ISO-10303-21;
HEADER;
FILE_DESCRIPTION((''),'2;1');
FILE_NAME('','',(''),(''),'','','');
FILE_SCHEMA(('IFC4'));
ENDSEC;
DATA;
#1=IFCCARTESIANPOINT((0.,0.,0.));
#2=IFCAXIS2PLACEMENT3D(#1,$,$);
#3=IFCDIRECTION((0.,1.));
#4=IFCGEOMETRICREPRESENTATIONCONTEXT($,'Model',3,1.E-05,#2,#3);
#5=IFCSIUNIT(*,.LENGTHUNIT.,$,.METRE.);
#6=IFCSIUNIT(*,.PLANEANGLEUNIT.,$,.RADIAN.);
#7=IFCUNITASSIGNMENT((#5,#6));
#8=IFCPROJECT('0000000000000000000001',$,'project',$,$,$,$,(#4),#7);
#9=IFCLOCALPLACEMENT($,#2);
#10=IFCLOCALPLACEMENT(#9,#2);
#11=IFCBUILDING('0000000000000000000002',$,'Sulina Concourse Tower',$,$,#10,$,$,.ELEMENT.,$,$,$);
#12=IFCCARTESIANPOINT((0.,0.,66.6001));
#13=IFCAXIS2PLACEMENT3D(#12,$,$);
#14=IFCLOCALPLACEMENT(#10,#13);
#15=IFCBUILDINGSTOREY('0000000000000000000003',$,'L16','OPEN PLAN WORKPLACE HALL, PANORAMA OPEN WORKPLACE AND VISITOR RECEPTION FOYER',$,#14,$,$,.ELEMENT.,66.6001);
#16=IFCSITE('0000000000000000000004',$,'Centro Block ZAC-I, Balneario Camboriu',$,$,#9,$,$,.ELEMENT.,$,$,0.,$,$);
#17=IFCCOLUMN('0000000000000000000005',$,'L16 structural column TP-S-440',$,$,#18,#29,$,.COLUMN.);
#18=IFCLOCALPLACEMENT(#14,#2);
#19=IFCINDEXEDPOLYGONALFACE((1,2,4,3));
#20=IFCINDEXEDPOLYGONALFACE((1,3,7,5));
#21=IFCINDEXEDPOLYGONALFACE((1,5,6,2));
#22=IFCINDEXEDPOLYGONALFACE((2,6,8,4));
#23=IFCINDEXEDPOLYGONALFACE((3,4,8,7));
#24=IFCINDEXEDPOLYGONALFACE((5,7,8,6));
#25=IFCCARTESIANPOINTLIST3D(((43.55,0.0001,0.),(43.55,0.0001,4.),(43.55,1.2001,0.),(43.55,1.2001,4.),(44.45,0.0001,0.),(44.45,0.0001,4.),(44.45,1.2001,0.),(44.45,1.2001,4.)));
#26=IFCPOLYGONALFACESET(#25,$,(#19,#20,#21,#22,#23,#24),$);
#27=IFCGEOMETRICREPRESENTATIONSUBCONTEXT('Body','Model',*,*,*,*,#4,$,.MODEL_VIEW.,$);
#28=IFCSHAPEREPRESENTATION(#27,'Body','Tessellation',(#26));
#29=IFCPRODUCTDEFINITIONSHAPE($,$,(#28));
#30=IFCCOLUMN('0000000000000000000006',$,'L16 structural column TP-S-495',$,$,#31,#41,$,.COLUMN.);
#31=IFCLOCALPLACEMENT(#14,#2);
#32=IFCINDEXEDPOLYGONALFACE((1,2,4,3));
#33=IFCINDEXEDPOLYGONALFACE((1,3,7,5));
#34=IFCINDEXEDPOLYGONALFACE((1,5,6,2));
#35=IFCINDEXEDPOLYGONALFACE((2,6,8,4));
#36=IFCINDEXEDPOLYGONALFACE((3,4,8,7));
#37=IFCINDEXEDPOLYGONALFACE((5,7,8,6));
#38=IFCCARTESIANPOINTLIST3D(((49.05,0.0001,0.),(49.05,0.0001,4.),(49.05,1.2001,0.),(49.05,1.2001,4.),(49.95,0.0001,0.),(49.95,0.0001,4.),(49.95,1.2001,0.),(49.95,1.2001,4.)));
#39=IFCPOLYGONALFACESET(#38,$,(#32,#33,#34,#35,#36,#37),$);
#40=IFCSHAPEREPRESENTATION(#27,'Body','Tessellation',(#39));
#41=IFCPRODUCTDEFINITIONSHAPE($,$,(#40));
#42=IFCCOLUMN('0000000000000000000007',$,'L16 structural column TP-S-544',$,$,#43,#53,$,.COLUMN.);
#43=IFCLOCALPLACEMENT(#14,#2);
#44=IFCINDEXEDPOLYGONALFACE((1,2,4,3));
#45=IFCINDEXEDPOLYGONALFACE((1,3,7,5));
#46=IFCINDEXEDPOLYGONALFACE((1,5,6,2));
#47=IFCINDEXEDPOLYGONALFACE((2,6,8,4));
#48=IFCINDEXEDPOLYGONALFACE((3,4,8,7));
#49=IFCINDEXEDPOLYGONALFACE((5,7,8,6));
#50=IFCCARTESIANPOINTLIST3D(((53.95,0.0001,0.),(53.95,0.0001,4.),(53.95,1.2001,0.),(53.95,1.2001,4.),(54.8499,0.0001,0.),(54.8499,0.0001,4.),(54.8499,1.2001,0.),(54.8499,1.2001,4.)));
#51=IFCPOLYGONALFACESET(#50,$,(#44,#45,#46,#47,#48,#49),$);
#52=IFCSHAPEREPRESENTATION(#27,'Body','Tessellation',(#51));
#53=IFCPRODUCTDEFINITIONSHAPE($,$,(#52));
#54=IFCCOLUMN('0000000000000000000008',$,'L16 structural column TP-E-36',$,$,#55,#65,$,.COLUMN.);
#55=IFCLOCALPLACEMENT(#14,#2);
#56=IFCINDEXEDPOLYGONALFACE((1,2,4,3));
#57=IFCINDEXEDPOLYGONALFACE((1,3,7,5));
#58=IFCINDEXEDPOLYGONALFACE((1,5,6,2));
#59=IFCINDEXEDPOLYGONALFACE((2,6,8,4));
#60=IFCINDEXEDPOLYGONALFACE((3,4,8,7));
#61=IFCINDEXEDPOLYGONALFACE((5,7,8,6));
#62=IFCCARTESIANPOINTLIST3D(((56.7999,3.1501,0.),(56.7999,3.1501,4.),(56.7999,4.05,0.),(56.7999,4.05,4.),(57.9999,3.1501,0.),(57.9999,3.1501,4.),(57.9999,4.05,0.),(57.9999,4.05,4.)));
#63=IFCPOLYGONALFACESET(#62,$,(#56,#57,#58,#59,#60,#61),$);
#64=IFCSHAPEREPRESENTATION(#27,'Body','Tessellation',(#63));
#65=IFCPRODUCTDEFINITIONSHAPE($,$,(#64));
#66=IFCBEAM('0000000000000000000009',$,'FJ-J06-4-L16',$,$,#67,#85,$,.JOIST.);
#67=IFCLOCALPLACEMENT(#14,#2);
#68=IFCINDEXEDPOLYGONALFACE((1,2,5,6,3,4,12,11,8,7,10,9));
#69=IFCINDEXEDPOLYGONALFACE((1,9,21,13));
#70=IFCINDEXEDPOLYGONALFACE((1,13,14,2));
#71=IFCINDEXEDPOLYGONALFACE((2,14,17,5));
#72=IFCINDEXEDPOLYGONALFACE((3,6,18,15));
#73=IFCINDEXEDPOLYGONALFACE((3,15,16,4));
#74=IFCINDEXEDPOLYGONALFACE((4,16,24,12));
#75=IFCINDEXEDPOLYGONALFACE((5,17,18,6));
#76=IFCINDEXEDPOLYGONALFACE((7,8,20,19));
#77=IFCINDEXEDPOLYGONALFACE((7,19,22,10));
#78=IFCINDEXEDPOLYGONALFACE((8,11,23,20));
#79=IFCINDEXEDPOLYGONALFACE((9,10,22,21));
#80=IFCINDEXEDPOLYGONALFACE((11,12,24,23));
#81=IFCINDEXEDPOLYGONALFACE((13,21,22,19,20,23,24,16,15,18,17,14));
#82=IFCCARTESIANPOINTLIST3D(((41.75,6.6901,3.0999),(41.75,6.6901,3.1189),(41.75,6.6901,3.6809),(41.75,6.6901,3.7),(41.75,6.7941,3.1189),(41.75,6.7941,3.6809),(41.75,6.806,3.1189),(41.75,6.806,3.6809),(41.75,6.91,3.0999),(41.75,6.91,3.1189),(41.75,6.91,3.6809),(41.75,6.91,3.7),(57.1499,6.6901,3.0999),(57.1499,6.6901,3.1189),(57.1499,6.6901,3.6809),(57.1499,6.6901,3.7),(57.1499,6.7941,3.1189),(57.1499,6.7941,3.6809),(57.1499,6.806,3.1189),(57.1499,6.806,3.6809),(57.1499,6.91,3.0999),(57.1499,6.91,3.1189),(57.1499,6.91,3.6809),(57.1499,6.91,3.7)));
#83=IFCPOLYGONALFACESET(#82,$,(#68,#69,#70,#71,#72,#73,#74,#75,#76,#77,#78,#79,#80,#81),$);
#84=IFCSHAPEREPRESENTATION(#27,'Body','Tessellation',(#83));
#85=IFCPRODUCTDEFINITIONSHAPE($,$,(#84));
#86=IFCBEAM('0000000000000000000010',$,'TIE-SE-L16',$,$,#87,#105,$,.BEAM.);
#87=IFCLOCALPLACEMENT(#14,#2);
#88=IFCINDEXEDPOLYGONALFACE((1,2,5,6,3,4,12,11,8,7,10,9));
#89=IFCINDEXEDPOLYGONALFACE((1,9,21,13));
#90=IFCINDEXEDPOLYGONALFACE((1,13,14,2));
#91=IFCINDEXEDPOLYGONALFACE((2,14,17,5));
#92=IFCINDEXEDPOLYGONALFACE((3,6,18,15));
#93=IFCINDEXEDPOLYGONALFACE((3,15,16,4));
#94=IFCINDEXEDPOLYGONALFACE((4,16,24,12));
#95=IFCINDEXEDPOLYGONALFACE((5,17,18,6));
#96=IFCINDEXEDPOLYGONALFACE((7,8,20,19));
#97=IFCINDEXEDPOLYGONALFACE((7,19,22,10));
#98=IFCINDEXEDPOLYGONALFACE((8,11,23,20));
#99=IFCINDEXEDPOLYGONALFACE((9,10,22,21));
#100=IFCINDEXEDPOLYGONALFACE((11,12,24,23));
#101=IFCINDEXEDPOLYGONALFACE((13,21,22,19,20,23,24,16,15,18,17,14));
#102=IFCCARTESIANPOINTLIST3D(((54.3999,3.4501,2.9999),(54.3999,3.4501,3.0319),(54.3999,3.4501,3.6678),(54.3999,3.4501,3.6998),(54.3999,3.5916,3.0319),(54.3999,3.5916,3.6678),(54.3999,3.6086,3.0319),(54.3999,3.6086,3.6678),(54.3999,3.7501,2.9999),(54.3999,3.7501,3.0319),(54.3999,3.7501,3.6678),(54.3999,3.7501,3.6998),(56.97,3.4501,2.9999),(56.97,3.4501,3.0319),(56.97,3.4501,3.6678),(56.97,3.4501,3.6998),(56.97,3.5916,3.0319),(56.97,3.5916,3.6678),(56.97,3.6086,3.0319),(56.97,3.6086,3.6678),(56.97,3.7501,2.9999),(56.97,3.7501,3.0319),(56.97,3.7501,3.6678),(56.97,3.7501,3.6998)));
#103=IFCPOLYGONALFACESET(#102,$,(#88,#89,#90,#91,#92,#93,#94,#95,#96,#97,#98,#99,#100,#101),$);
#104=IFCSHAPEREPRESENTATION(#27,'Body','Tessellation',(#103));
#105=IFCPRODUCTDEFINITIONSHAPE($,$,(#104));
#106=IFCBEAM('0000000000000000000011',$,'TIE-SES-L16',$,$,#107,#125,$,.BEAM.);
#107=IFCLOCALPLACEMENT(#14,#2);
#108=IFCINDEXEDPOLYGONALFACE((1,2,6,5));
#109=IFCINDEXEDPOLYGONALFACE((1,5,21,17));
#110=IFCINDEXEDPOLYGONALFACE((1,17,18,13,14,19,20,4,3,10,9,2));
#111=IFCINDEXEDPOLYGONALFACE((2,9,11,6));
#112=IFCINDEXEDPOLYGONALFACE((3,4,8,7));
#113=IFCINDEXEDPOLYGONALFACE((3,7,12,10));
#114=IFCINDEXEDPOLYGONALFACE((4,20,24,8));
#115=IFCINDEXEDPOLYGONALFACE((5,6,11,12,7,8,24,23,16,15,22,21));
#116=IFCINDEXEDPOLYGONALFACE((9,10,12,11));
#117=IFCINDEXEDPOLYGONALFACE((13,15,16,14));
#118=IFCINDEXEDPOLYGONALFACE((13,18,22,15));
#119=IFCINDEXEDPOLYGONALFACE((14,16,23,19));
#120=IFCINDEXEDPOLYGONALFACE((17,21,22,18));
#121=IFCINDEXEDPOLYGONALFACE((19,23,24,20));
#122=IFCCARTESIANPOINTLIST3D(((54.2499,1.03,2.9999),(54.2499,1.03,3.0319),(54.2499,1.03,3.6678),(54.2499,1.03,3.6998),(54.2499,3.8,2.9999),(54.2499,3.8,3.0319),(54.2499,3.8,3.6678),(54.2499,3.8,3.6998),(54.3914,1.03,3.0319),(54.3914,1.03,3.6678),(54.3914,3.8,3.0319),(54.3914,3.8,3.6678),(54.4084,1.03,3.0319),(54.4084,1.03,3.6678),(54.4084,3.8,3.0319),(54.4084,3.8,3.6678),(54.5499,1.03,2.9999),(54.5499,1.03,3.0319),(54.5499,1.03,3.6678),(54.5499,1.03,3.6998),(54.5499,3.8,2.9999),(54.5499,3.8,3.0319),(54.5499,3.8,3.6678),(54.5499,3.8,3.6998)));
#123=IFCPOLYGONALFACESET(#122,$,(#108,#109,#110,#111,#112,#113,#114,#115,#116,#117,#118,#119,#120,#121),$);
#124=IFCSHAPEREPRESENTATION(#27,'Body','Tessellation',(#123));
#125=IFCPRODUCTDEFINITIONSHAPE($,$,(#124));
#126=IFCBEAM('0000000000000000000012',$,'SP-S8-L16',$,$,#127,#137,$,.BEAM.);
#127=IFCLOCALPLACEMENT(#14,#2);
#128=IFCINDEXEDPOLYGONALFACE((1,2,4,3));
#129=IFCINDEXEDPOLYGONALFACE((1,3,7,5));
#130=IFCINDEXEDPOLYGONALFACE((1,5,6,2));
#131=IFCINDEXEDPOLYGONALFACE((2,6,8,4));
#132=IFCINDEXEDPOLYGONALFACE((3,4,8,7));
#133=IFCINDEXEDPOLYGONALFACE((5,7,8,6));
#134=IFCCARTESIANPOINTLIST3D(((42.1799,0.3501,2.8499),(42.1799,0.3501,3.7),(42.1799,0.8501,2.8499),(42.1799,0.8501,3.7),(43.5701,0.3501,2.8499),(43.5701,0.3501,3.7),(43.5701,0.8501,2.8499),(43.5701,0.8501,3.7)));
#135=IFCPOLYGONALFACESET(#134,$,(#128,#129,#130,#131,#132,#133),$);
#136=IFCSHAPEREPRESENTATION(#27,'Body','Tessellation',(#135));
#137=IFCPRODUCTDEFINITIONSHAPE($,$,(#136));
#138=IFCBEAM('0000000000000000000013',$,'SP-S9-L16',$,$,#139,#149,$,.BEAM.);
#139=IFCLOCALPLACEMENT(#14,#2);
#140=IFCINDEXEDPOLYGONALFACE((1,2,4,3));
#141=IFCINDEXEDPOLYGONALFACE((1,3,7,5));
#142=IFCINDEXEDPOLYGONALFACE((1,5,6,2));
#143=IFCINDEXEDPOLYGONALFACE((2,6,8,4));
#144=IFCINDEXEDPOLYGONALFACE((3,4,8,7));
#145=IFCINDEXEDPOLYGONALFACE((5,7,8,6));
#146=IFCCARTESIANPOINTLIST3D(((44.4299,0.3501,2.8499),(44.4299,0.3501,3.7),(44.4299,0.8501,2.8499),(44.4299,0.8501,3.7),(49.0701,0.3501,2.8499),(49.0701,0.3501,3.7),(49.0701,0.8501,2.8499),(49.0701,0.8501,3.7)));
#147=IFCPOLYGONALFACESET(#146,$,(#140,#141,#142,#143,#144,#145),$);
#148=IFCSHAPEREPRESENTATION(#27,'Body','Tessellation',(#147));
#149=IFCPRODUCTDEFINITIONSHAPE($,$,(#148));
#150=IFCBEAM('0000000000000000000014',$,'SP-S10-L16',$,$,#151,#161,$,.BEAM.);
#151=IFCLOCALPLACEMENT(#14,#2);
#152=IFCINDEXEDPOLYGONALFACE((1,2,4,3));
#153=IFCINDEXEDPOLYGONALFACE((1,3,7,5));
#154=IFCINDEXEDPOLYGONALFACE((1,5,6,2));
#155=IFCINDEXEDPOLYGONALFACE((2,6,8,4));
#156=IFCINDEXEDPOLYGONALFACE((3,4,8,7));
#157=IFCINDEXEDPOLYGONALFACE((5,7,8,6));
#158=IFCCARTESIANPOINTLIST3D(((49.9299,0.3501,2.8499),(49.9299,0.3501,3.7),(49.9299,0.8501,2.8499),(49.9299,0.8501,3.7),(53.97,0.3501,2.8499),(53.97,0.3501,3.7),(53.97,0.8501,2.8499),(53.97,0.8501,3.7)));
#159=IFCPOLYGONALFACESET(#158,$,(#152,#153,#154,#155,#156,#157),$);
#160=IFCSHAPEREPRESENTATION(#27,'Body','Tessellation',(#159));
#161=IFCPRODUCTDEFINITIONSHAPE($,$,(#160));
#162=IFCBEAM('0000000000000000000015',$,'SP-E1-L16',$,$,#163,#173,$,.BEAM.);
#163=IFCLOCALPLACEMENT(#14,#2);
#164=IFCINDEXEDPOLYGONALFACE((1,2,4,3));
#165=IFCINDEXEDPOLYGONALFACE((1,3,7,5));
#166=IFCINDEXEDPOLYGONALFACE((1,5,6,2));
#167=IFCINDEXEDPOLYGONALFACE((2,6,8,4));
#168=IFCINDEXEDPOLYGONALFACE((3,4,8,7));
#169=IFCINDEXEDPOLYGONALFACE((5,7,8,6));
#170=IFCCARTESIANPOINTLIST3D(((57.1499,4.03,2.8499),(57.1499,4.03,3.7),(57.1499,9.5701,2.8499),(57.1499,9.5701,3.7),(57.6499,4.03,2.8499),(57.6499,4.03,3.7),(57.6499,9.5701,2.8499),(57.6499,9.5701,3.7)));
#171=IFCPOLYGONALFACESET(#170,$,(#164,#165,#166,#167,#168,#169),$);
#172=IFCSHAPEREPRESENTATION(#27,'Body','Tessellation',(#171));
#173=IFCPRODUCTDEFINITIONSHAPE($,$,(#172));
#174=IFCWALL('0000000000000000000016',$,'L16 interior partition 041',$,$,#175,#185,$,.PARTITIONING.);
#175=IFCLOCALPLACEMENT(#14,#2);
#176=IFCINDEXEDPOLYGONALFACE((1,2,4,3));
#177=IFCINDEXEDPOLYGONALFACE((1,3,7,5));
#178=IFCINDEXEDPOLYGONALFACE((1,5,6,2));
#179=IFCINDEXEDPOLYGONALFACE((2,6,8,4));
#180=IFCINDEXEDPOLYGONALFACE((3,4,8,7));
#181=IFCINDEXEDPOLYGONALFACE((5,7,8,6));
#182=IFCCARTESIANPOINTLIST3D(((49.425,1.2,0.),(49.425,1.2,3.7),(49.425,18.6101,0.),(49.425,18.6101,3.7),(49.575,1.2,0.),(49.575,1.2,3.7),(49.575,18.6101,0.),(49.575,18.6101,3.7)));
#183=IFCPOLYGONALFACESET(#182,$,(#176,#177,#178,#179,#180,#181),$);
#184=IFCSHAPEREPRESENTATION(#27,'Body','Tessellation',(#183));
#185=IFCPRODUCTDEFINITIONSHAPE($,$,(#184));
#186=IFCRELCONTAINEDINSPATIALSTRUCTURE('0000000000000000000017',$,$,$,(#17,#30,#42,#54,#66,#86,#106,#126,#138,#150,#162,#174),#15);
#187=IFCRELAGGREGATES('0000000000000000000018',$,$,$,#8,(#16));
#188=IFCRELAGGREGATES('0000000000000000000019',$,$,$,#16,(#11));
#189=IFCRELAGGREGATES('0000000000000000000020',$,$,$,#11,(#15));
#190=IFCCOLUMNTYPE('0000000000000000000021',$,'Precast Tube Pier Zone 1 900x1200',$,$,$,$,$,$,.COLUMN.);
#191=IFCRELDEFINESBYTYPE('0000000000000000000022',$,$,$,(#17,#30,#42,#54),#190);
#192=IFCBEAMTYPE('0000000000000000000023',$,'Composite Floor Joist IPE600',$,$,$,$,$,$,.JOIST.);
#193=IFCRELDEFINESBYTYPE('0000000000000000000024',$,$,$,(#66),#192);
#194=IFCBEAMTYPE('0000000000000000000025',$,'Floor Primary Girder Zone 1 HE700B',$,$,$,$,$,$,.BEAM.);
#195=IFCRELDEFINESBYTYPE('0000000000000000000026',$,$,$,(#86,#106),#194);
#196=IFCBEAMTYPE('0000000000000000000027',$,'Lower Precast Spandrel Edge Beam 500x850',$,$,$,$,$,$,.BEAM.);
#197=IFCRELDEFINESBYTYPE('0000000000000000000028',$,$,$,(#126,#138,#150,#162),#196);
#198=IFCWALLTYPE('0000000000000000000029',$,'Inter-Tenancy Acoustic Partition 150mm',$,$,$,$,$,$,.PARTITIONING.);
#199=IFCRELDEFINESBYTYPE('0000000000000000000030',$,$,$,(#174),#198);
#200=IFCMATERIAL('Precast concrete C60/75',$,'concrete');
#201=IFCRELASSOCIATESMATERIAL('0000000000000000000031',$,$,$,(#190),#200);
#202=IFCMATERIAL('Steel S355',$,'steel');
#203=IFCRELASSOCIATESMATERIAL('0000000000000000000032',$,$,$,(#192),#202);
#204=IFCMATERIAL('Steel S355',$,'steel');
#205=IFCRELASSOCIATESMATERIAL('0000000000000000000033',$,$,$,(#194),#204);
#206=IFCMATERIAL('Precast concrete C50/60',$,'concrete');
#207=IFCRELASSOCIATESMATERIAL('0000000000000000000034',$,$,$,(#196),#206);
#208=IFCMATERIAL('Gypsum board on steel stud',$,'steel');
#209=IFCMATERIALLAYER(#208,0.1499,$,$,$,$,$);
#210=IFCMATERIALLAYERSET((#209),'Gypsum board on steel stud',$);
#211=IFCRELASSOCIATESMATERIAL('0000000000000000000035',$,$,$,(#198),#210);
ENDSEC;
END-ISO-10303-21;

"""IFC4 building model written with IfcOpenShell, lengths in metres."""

from ifc_helpers import new_model, si_unit, direction, frame, frame_2d, origin, origin_2d, place, context, subcontext, project, spatial, rectangle, i_section, extrude, material, layer, layer_set, material_profile, profile_set, type_object, element, save


model = new_model("IFC4")

# Units and contexts
model_context = context("Model", 3, precision=1e-05, world=origin(), true_north=direction((0.0, 1.0)))
body_context = subcontext(model_context, "Body", "Model", "MODEL_VIEW")
ifc_project = project(units=[si_unit("LENGTHUNIT", "METRE"), si_unit("PLANEANGLEUNIT", "RADIAN")], contexts=[model_context])

# Site, building, storey
site_placement = place(None, origin())
site = spatial("IfcSite", under=ifc_project, at=site_placement, Name="Centro Block ZAC-I, Balneario Camboriu", CompositionType="ELEMENT", RefElevation=0.0)
building_placement = place(site_placement, origin())
building = spatial("IfcBuilding", under=site, at=building_placement, Name="Sulina Concourse Tower", CompositionType="ELEMENT")
storey_placement = place(building_placement, frame((0.0, 0.0, 66.6001)))
storey = spatial("IfcBuildingStorey", under=building, at=storey_placement, Name="L16", Description="OPEN PLAN WORKPLACE HALL, PANORAMA OPEN WORKPLACE AND VISITOR RECEPTION FOYER", CompositionType="ELEMENT", Elevation=66.6001)

# Columns
ifc_material_1 = material(Name="Precast concrete C60/75", Category="concrete")
ifc_material_profile_1 = material_profile(ifc_material_1, rectangle(XDim=0.8999, YDim=1.2, at=origin_2d()), Name="PC 900x1200")
ifc_profile_set_1 = profile_set([ifc_material_profile_1], Name="Precast concrete C60/75")
column_type = type_object("IfcColumnType", Name="Precast Tube Pier Zone 1 900x1200", PredefinedType="COLUMN", material=ifc_profile_set_1)
for number, where, z_axis, x_axis, name in (
    (1, (44.0, 0.6001, 0.0), (0.0, 0.0, 1.0), (1.0, 0.0, 0.0), "L16 structural column TP-S-440"),
    (2, (49.5, 0.6001, 0.0), (0.0, 0.0, 1.0), (1.0, 0.0, 0.0), "L16 structural column TP-S-495"),
    (3, (54.3999, 0.6001, 0.0), (0.0, 0.0, 1.0), (1.0, 0.0, 0.0), "L16 structural column TP-S-544"),
    (4, (57.3999, 3.6001, 0.0), (0.0, 0.0, 1.0), (0.0, 1.0, 0.0), "L16 structural column TP-E-36"),
):
    element("IfcColumn", number, at=place(storey_placement, frame(where, z_axis=z_axis, x_axis=x_axis)), inside=storey, type_object=column_type, Name=name, PredefinedType="COLUMN", context=body_context, shape_type="SweptSolid", body=[
        extrude(rectangle(XDim=0.8999, YDim=1.2, at=origin_2d()), origin(), (0.0, 0.0, 1.0), 4.0),
    ])

# Beams
ifc_material_2 = material(Name="Steel S355", Category="steel")
ifc_material_profile_2 = material_profile(ifc_material_2, i_section(OverallWidth=0.22, OverallDepth=0.6001, WebThickness=0.012, FlangeThickness=0.019, at=origin_2d()), Name="IPE 600")
ifc_profile_set_2 = profile_set([ifc_material_profile_2], Name="Steel S355")
beam_type_1 = type_object("IfcBeamType", Name="Composite Floor Joist IPE600", PredefinedType="JOIST", material=ifc_profile_set_2)
beam_1_placement = place(storey_placement, frame((41.75, 6.8, 3.3999), z_axis=(1.0, 0.0, 0.0), x_axis=(0.0, 1.0, 0.0)))
element("IfcBeam", 5, at=beam_1_placement, inside=storey, type_object=beam_type_1, Name="FJ-J06-4-L16", PredefinedType="JOIST", context=body_context, shape_type="SweptSolid", body=[
    extrude(i_section(OverallWidth=0.22, OverallDepth=0.6001, WebThickness=0.012, FlangeThickness=0.019, at=origin_2d()), origin(), (0.0, 0.0, 1.0), 15.3999),
])
ifc_material_3 = material(Name="Steel S355", Category="steel")
ifc_material_profile_3 = material_profile(ifc_material_3, i_section(OverallWidth=0.3, OverallDepth=0.7, WebThickness=0.0171, FlangeThickness=0.032, at=origin_2d()), Name="HE 700 B")
ifc_profile_set_3 = profile_set([ifc_material_profile_3], Name="Steel S355")
beam_type_2 = type_object("IfcBeamType", Name="Floor Primary Girder Zone 1 HE700B", PredefinedType="BEAM", material=ifc_profile_set_3)
beam_2_placement = place(storey_placement, frame((54.3999, 3.6001, 3.3499), z_axis=(1.0, 0.0, 0.0), x_axis=(0.0, 1.0, 0.0)))
element("IfcBeam", 6, at=beam_2_placement, inside=storey, type_object=beam_type_2, Name="TIE-SE-L16", PredefinedType="BEAM", context=body_context, shape_type="SweptSolid", body=[
    extrude(i_section(OverallWidth=0.3, OverallDepth=0.7, WebThickness=0.0171, FlangeThickness=0.032, at=origin_2d()), origin(), (0.0, 0.0, 1.0), 2.5701),
])
beam_3_placement = place(storey_placement, frame((54.3999, 1.03, 3.3499), z_axis=(0.0, 1.0, 0.0), x_axis=(-1.0, 0.0, 0.0)))
element("IfcBeam", 7, at=beam_3_placement, inside=storey, type_object=beam_type_2, Name="TIE-SES-L16", PredefinedType="BEAM", context=body_context, shape_type="SweptSolid", body=[
    extrude(i_section(OverallWidth=0.3, OverallDepth=0.7, WebThickness=0.0171, FlangeThickness=0.032, at=origin_2d()), origin(), (0.0, 0.0, 1.0), 2.77),
])
ifc_material_4 = material(Name="Precast concrete C50/60", Category="concrete")
ifc_material_profile_4 = material_profile(ifc_material_4, rectangle(XDim=0.5, YDim=0.8501, at=origin_2d()), Name="RC 500x850")
ifc_profile_set_4 = profile_set([ifc_material_profile_4], Name="Precast concrete C50/60")
beam_type_3 = type_object("IfcBeamType", Name="Lower Precast Spandrel Edge Beam 500x850", PredefinedType="BEAM", material=ifc_profile_set_4)
beam_4_placement = place(storey_placement, frame((42.1799, 0.6001, 3.2749), z_axis=(1.0, 0.0, 0.0), x_axis=(0.0, 1.0, 0.0)))
element("IfcBeam", 8, at=beam_4_placement, inside=storey, type_object=beam_type_3, Name="SP-S8-L16", PredefinedType="BEAM", context=body_context, shape_type="SweptSolid", body=[
    extrude(rectangle(XDim=0.5, YDim=0.8501, at=origin_2d()), origin(), (0.0, 0.0, 1.0), 1.3901),
])
beam_5_placement = place(storey_placement, frame((44.4299, 0.6001, 3.2749), z_axis=(1.0, 0.0, 0.0), x_axis=(0.0, 1.0, 0.0)))
element("IfcBeam", 9, at=beam_5_placement, inside=storey, type_object=beam_type_3, Name="SP-S9-L16", PredefinedType="BEAM", context=body_context, shape_type="SweptSolid", body=[
    extrude(rectangle(XDim=0.5, YDim=0.8501, at=origin_2d()), origin(), (0.0, 0.0, 1.0), 4.6401),
])
beam_6_placement = place(storey_placement, frame((49.9299, 0.6001, 3.2749), z_axis=(1.0, 0.0, 0.0), x_axis=(0.0, 1.0, 0.0)))
element("IfcBeam", 10, at=beam_6_placement, inside=storey, type_object=beam_type_3, Name="SP-S10-L16", PredefinedType="BEAM", context=body_context, shape_type="SweptSolid", body=[
    extrude(rectangle(XDim=0.5, YDim=0.8501, at=origin_2d()), origin(), (0.0, 0.0, 1.0), 4.04),
])
beam_7_placement = place(storey_placement, frame((57.3999, 4.03, 3.2749), z_axis=(0.0, 1.0, 0.0), x_axis=(-1.0, 0.0, 0.0)))
element("IfcBeam", 11, at=beam_7_placement, inside=storey, type_object=beam_type_3, Name="SP-E1-L16", PredefinedType="BEAM", context=body_context, shape_type="SweptSolid", body=[
    extrude(rectangle(XDim=0.5, YDim=0.8501, at=origin_2d()), origin(), (0.0, 0.0, 1.0), 5.54),
])

# Wall
ifc_material_5 = material(Name="Gypsum board on steel stud", Category="steel")
ifc_layer_1 = layer(ifc_material_5, 0.1499)
ifc_layer_set_1 = layer_set([ifc_layer_1], Name="Gypsum board on steel stud")
wall_type_1 = type_object("IfcWallType", Name="Inter-Tenancy Acoustic Partition 150mm", PredefinedType="PARTITIONING", material=ifc_layer_set_1)
wall_1_placement = place(storey_placement, frame((49.5, 1.2, 0.0), z_axis=(0.0, 0.0, 1.0), x_axis=(0.0, 1.0, 0.0)))
element("IfcWall", 12, at=wall_1_placement, inside=storey, type_object=wall_type_1, Name="L16 interior partition 041", PredefinedType="PARTITIONING", context=body_context, shape_type="SweptSolid", body=[
    extrude(rectangle(XDim=17.4102, YDim=0.1499, at=frame_2d((8.7051, 0.0))), origin(), (0.0, 0.0, 1.0), 3.7),
])

save(model, "model.ifc")
